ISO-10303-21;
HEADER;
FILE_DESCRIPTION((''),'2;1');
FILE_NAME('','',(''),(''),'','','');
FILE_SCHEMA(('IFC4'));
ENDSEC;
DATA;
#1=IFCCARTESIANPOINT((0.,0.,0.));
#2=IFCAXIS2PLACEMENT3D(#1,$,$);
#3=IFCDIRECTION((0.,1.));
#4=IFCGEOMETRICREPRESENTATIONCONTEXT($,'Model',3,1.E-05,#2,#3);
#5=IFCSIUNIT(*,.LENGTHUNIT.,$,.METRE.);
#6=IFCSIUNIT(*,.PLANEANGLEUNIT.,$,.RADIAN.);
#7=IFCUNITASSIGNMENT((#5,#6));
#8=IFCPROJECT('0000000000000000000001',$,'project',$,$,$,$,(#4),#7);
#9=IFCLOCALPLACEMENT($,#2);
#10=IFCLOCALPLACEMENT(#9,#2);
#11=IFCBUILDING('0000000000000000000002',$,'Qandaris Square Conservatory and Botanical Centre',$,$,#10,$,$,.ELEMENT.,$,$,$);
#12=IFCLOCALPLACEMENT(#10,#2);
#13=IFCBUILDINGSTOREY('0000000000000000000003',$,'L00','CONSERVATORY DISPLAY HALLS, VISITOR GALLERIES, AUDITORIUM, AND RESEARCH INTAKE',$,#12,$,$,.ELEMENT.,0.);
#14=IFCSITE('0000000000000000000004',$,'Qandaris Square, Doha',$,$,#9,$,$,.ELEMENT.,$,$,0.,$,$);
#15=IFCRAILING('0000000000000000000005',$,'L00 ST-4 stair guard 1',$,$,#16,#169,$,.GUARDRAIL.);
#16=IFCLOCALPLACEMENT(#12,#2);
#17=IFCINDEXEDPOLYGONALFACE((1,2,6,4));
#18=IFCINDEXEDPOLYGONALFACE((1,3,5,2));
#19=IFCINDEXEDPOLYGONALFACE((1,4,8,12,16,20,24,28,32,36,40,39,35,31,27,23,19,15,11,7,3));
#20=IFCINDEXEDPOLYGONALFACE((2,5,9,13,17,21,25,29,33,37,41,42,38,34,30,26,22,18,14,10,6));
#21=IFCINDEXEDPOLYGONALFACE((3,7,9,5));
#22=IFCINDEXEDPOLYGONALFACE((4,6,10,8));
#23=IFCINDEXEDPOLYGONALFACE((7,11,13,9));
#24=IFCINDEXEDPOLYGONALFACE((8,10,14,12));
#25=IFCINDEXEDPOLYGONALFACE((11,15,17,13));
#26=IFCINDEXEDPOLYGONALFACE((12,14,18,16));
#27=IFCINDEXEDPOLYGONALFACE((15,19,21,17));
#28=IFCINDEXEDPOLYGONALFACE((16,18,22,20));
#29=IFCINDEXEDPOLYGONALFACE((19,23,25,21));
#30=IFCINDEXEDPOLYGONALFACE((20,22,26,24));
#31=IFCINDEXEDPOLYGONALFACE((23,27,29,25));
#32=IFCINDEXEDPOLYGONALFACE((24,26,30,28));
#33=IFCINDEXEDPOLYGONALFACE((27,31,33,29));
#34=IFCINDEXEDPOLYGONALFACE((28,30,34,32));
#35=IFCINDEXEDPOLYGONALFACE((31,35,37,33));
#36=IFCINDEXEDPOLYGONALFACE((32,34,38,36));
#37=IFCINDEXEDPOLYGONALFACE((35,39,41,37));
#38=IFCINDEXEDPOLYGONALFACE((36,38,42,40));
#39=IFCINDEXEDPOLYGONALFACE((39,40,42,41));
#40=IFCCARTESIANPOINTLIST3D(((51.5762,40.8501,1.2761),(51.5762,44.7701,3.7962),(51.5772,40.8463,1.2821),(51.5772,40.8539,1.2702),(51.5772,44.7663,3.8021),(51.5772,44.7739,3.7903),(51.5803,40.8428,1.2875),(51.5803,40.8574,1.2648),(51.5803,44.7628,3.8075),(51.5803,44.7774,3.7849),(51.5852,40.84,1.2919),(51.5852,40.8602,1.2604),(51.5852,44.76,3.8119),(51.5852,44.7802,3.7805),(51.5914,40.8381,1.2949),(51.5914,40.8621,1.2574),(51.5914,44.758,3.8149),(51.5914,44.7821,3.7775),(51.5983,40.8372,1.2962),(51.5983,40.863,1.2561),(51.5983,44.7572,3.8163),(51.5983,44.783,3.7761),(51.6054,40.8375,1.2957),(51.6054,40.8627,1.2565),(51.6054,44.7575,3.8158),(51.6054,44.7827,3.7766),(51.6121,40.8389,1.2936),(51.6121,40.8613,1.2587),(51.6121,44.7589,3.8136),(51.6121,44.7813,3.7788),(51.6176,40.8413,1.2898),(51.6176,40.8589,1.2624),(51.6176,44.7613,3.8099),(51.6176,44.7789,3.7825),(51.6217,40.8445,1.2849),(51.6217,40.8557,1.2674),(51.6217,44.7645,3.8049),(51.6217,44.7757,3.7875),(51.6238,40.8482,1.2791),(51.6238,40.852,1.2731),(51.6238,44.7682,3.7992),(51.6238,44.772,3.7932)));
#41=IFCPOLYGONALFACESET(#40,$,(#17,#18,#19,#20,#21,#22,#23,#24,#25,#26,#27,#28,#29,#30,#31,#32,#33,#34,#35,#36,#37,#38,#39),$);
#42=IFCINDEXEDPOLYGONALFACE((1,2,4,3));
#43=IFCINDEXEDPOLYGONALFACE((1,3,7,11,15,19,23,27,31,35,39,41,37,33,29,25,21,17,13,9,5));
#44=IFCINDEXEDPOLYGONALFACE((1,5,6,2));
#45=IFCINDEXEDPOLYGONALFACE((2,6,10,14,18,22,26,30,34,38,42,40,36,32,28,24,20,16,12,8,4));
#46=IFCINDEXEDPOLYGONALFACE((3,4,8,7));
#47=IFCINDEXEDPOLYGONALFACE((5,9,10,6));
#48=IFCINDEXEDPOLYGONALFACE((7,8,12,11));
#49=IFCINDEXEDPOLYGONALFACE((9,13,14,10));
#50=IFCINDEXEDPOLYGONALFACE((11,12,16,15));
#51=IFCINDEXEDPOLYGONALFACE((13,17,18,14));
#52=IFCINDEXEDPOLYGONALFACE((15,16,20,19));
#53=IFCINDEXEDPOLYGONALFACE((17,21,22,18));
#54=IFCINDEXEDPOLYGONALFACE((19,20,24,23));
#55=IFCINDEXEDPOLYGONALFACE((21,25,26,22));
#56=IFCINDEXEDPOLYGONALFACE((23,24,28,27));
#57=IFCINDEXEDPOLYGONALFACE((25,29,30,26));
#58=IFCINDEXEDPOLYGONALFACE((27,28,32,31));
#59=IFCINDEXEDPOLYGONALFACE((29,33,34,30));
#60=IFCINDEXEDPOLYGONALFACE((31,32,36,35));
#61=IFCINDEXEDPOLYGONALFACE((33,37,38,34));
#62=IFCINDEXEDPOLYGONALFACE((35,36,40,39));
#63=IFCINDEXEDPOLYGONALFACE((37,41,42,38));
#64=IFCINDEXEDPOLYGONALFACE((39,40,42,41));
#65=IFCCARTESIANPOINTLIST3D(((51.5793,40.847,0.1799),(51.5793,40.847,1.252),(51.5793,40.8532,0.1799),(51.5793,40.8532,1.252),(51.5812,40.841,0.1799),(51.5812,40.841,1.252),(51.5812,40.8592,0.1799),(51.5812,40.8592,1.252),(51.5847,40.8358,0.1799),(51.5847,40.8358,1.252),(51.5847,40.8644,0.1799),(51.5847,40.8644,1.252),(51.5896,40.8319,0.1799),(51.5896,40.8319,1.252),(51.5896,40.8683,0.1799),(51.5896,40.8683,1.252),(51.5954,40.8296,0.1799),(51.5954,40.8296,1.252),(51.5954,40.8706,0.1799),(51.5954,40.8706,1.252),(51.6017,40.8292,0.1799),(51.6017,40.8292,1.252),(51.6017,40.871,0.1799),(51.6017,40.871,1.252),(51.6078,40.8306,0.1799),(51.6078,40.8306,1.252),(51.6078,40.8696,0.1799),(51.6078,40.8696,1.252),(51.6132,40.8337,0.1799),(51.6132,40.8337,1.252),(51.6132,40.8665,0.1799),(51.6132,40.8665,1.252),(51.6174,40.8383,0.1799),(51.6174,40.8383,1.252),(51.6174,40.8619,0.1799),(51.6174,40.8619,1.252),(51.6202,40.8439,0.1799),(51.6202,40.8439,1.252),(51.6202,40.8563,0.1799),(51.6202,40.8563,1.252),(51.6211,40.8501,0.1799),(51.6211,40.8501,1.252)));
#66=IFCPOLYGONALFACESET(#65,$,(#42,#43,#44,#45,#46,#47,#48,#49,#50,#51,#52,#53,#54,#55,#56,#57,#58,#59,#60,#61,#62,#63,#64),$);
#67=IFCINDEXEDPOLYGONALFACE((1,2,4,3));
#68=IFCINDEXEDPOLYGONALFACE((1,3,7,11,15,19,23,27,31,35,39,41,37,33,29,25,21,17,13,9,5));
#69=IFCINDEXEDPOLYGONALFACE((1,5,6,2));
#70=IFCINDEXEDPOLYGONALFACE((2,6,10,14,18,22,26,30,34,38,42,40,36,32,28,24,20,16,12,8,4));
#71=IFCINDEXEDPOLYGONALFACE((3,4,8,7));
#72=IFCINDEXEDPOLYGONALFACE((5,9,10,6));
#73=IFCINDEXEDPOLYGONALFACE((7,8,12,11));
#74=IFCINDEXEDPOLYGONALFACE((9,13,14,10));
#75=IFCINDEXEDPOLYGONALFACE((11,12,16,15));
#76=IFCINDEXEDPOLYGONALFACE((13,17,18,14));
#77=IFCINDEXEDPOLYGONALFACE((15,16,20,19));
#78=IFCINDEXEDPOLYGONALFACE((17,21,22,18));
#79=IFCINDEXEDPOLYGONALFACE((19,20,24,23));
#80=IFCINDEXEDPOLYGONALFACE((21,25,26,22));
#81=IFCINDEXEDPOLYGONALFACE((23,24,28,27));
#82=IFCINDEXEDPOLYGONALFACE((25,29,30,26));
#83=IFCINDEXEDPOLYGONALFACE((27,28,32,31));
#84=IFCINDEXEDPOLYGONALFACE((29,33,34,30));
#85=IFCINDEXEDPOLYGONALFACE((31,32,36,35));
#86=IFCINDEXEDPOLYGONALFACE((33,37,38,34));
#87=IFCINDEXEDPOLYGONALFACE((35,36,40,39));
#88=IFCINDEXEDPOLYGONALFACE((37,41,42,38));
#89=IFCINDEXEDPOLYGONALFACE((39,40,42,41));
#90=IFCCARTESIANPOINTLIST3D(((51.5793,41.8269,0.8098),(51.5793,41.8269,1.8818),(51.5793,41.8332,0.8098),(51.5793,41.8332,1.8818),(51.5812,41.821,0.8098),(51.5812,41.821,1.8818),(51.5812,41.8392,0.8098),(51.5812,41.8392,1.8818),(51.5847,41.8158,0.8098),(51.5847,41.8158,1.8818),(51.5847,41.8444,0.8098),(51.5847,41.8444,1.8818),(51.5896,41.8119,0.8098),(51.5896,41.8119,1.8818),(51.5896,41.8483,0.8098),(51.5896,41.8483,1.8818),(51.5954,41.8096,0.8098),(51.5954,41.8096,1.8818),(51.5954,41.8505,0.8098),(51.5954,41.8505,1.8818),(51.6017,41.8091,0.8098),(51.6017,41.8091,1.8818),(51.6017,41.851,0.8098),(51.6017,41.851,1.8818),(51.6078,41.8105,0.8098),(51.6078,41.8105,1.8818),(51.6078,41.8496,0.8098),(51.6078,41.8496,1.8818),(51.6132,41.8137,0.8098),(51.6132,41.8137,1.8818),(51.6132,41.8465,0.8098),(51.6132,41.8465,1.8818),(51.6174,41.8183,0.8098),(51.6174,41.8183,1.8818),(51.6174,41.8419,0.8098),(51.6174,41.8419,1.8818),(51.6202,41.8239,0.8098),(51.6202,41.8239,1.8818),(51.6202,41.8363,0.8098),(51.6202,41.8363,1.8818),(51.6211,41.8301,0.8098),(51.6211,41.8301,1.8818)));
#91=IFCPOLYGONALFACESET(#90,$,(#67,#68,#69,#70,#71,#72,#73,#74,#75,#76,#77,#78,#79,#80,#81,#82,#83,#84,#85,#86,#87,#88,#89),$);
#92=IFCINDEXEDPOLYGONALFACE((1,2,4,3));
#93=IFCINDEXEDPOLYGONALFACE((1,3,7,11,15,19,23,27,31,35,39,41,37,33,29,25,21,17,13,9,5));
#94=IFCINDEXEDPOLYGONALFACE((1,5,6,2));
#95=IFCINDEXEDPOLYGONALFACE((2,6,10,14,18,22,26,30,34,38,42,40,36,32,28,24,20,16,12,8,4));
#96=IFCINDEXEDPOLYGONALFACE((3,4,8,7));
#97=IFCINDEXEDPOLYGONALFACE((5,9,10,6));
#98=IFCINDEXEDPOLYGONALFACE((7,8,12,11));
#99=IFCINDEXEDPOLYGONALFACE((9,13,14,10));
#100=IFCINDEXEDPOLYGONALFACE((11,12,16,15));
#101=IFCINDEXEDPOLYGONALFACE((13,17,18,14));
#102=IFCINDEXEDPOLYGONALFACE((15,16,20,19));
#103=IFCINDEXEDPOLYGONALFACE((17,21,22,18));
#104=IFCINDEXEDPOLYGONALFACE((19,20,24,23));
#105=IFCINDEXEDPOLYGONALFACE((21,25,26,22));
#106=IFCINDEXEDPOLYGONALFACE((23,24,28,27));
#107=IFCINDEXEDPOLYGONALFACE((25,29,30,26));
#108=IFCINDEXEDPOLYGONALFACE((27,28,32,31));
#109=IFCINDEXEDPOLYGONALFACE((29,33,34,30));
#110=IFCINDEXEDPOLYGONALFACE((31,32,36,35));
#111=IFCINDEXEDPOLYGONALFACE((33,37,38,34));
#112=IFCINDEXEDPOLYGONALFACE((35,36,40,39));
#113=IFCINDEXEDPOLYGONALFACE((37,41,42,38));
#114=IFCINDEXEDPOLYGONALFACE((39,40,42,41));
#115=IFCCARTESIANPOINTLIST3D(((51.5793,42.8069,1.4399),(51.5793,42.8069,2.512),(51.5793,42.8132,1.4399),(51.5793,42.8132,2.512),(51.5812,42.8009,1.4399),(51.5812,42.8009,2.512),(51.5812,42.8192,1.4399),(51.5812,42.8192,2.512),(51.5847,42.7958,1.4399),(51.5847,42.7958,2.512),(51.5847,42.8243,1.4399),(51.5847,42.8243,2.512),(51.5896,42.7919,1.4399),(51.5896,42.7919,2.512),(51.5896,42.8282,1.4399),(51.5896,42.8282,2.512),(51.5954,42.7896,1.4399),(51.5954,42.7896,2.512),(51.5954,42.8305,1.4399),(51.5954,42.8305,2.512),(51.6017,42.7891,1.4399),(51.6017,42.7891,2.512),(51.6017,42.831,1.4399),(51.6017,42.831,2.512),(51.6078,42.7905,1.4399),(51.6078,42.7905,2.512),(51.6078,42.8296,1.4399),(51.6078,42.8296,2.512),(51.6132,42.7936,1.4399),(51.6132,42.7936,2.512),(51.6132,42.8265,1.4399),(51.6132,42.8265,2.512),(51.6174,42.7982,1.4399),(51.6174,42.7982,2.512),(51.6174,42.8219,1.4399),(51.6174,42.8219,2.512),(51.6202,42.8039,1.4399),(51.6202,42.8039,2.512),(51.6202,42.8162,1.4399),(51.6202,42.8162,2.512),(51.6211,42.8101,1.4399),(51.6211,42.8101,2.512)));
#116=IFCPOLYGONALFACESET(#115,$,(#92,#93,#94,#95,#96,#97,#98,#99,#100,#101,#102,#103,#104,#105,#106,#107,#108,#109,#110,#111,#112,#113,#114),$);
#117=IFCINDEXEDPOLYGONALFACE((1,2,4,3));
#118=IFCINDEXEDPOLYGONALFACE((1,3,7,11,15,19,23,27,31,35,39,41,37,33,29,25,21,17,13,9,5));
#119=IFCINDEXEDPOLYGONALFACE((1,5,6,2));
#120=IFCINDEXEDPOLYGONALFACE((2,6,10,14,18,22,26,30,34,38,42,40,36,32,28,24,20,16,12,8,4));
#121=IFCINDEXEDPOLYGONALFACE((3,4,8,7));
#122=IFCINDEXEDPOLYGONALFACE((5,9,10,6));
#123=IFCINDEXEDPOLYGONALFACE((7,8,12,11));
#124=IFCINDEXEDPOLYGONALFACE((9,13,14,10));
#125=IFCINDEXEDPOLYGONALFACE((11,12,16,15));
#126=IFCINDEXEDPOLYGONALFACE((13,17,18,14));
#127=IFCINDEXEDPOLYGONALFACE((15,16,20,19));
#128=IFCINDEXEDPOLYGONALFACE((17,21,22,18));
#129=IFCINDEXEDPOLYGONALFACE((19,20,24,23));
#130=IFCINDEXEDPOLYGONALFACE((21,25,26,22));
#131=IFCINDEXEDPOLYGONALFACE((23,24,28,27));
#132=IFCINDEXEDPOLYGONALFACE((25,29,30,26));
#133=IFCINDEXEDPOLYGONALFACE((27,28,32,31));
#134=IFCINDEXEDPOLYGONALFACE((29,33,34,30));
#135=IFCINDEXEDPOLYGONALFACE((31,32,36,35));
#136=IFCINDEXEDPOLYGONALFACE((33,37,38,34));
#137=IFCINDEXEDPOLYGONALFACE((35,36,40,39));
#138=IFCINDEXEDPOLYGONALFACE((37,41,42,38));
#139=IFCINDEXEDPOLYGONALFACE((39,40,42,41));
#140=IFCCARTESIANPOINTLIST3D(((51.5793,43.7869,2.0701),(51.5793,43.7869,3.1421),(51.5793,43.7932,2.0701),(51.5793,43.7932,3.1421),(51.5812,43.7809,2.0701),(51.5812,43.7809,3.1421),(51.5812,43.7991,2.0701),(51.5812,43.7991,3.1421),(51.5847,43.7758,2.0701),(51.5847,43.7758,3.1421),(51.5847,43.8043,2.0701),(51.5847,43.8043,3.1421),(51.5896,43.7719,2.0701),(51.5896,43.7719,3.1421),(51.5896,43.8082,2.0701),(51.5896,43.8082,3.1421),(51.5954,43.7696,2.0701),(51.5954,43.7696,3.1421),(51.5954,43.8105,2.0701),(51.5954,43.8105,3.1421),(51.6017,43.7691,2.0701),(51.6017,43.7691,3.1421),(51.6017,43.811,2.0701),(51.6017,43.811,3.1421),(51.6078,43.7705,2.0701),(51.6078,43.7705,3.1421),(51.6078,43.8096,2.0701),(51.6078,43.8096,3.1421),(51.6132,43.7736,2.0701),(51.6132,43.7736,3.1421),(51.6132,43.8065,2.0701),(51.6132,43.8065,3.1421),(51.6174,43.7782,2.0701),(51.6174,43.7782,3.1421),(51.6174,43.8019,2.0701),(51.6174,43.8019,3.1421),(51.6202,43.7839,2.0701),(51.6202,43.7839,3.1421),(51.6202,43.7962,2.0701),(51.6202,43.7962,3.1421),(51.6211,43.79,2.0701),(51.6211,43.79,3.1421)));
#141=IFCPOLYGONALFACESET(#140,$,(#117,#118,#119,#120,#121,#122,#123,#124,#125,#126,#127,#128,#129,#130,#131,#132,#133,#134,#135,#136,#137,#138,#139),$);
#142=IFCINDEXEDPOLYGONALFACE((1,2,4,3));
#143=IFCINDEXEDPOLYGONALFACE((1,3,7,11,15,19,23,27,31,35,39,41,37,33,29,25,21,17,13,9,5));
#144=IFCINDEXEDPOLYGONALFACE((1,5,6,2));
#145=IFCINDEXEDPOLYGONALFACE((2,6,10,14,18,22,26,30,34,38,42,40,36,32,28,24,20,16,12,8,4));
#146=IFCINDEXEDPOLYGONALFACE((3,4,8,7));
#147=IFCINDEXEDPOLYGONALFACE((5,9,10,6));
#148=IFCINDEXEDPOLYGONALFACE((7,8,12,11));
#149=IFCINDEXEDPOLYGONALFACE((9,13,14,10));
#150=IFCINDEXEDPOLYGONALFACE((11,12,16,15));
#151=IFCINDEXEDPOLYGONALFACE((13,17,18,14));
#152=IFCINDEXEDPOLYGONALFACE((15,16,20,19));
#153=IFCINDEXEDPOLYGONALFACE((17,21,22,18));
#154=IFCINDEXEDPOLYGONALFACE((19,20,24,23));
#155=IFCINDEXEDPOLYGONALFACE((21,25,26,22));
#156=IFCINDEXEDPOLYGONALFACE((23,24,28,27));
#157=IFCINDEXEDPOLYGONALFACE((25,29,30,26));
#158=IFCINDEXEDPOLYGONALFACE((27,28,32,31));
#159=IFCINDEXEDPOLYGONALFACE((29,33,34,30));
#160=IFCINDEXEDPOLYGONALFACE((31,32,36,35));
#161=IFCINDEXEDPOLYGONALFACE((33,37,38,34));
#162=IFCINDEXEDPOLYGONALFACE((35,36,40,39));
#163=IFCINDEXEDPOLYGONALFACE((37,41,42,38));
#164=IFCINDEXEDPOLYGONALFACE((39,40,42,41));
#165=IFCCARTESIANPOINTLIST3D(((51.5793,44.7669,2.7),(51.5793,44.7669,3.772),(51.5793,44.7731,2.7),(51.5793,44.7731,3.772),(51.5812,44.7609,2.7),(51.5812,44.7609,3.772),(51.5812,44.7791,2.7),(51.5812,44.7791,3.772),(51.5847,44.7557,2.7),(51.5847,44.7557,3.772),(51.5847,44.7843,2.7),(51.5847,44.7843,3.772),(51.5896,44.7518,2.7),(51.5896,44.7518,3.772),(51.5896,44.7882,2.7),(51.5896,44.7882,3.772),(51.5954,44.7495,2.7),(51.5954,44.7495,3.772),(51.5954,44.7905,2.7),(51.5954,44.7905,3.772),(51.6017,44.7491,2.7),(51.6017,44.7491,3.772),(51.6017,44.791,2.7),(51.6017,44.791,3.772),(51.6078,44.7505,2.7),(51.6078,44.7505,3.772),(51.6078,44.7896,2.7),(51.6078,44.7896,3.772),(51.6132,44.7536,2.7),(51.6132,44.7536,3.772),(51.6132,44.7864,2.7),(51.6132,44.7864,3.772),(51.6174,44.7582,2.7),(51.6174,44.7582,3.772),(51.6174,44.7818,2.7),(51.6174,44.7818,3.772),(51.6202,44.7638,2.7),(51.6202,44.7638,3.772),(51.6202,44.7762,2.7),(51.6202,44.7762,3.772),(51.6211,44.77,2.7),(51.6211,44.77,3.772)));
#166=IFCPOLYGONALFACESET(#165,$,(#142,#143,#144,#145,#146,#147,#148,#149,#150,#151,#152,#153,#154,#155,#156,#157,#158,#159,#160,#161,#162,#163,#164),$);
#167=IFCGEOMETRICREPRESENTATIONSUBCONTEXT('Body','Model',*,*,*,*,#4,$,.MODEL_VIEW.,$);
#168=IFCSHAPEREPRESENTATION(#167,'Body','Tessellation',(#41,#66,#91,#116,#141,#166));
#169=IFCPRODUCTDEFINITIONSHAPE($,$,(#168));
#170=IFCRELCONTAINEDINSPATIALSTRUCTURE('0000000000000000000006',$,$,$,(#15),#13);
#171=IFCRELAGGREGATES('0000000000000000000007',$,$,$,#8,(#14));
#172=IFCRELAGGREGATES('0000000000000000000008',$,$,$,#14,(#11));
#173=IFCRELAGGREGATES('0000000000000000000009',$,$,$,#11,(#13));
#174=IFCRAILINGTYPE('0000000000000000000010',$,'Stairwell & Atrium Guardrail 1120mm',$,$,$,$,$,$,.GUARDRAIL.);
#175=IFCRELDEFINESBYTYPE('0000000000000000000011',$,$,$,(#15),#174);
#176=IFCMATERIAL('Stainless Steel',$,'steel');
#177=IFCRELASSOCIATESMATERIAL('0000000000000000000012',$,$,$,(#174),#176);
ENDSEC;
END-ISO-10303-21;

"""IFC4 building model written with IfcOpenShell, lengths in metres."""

from ifc_helpers import new_model, si_unit, direction, frame, origin, origin_2d, place, context, subcontext, project, spatial, circle, extrude, material, type_object, element, save


model = new_model("IFC4")

# Units and contexts
model_context = context("Model", 3, precision=1e-05, world=origin(), true_north=direction((0.0, 1.0)))
body_context = subcontext(model_context, "Body", "Model", "MODEL_VIEW")
ifc_project = project(units=[si_unit("LENGTHUNIT", "METRE"), si_unit("PLANEANGLEUNIT", "RADIAN")], contexts=[model_context])

# Site, building, storey
site_placement = place(None, origin())
site = spatial("IfcSite", under=ifc_project, at=site_placement, Name="Qandaris Square, Doha", CompositionType="ELEMENT", RefElevation=0.0)
building_placement = place(site_placement, origin())
building = spatial("IfcBuilding", under=site, at=building_placement, Name="Qandaris Square Conservatory and Botanical Centre", CompositionType="ELEMENT")
storey_placement = place(building_placement, origin())
storey = spatial("IfcBuildingStorey", under=building, at=storey_placement, Name="L00", Description="CONSERVATORY DISPLAY HALLS, VISITOR GALLERIES, AUDITORIUM, AND RESEARCH INTAKE", CompositionType="ELEMENT", Elevation=0.0)

# Railing
ifc_material_1 = material(Name="Stainless Steel", Category="steel")
railing_type_1 = type_object("IfcRailingType", Name="Stairwell & Atrium Guardrail 1120mm", PredefinedType="GUARDRAIL", material=ifc_material_1)
railing_1_placement = place(storey_placement, frame((51.6001, 40.8501, 0.1799)))
element("IfcRailing", 1, at=railing_1_placement, inside=storey, type_object=railing_type_1, Name="L00 ST-4 stair guard 1", PredefinedType="GUARDRAIL", context=body_context, shape_type="SweptSolid", body=[
    extrude(circle(Radius=0.0239, at=origin_2d()), frame((0.0, 0.0, 1.0962), z_axis=(0.0, 0.841172, 0.540768), x_axis=(-1.0, 0.0, 0.0)), (0.0, 0.0, 1.0), 4.6602),
    extrude(circle(Radius=0.021, at=origin_2d()), origin(), (0.0, 0.0, 1.0), 1.072),
    extrude(circle(Radius=0.021, at=origin_2d()), frame((0.0, 0.98, 0.6299)), (0.0, 0.0, 1.0), 1.072),
    extrude(circle(Radius=0.021, at=origin_2d()), frame((0.0, 1.96, 1.26)), (0.0, 0.0, 1.0), 1.072),
    extrude(circle(Radius=0.021, at=origin_2d()), frame((0.0, 2.9399, 1.8901)), (0.0, 0.0, 1.0), 1.072),
    extrude(circle(Radius=0.021, at=origin_2d()), frame((0.0, 3.9199, 2.52)), (0.0, 0.0, 1.0), 1.072),
])

save(model, "model.ifc")
